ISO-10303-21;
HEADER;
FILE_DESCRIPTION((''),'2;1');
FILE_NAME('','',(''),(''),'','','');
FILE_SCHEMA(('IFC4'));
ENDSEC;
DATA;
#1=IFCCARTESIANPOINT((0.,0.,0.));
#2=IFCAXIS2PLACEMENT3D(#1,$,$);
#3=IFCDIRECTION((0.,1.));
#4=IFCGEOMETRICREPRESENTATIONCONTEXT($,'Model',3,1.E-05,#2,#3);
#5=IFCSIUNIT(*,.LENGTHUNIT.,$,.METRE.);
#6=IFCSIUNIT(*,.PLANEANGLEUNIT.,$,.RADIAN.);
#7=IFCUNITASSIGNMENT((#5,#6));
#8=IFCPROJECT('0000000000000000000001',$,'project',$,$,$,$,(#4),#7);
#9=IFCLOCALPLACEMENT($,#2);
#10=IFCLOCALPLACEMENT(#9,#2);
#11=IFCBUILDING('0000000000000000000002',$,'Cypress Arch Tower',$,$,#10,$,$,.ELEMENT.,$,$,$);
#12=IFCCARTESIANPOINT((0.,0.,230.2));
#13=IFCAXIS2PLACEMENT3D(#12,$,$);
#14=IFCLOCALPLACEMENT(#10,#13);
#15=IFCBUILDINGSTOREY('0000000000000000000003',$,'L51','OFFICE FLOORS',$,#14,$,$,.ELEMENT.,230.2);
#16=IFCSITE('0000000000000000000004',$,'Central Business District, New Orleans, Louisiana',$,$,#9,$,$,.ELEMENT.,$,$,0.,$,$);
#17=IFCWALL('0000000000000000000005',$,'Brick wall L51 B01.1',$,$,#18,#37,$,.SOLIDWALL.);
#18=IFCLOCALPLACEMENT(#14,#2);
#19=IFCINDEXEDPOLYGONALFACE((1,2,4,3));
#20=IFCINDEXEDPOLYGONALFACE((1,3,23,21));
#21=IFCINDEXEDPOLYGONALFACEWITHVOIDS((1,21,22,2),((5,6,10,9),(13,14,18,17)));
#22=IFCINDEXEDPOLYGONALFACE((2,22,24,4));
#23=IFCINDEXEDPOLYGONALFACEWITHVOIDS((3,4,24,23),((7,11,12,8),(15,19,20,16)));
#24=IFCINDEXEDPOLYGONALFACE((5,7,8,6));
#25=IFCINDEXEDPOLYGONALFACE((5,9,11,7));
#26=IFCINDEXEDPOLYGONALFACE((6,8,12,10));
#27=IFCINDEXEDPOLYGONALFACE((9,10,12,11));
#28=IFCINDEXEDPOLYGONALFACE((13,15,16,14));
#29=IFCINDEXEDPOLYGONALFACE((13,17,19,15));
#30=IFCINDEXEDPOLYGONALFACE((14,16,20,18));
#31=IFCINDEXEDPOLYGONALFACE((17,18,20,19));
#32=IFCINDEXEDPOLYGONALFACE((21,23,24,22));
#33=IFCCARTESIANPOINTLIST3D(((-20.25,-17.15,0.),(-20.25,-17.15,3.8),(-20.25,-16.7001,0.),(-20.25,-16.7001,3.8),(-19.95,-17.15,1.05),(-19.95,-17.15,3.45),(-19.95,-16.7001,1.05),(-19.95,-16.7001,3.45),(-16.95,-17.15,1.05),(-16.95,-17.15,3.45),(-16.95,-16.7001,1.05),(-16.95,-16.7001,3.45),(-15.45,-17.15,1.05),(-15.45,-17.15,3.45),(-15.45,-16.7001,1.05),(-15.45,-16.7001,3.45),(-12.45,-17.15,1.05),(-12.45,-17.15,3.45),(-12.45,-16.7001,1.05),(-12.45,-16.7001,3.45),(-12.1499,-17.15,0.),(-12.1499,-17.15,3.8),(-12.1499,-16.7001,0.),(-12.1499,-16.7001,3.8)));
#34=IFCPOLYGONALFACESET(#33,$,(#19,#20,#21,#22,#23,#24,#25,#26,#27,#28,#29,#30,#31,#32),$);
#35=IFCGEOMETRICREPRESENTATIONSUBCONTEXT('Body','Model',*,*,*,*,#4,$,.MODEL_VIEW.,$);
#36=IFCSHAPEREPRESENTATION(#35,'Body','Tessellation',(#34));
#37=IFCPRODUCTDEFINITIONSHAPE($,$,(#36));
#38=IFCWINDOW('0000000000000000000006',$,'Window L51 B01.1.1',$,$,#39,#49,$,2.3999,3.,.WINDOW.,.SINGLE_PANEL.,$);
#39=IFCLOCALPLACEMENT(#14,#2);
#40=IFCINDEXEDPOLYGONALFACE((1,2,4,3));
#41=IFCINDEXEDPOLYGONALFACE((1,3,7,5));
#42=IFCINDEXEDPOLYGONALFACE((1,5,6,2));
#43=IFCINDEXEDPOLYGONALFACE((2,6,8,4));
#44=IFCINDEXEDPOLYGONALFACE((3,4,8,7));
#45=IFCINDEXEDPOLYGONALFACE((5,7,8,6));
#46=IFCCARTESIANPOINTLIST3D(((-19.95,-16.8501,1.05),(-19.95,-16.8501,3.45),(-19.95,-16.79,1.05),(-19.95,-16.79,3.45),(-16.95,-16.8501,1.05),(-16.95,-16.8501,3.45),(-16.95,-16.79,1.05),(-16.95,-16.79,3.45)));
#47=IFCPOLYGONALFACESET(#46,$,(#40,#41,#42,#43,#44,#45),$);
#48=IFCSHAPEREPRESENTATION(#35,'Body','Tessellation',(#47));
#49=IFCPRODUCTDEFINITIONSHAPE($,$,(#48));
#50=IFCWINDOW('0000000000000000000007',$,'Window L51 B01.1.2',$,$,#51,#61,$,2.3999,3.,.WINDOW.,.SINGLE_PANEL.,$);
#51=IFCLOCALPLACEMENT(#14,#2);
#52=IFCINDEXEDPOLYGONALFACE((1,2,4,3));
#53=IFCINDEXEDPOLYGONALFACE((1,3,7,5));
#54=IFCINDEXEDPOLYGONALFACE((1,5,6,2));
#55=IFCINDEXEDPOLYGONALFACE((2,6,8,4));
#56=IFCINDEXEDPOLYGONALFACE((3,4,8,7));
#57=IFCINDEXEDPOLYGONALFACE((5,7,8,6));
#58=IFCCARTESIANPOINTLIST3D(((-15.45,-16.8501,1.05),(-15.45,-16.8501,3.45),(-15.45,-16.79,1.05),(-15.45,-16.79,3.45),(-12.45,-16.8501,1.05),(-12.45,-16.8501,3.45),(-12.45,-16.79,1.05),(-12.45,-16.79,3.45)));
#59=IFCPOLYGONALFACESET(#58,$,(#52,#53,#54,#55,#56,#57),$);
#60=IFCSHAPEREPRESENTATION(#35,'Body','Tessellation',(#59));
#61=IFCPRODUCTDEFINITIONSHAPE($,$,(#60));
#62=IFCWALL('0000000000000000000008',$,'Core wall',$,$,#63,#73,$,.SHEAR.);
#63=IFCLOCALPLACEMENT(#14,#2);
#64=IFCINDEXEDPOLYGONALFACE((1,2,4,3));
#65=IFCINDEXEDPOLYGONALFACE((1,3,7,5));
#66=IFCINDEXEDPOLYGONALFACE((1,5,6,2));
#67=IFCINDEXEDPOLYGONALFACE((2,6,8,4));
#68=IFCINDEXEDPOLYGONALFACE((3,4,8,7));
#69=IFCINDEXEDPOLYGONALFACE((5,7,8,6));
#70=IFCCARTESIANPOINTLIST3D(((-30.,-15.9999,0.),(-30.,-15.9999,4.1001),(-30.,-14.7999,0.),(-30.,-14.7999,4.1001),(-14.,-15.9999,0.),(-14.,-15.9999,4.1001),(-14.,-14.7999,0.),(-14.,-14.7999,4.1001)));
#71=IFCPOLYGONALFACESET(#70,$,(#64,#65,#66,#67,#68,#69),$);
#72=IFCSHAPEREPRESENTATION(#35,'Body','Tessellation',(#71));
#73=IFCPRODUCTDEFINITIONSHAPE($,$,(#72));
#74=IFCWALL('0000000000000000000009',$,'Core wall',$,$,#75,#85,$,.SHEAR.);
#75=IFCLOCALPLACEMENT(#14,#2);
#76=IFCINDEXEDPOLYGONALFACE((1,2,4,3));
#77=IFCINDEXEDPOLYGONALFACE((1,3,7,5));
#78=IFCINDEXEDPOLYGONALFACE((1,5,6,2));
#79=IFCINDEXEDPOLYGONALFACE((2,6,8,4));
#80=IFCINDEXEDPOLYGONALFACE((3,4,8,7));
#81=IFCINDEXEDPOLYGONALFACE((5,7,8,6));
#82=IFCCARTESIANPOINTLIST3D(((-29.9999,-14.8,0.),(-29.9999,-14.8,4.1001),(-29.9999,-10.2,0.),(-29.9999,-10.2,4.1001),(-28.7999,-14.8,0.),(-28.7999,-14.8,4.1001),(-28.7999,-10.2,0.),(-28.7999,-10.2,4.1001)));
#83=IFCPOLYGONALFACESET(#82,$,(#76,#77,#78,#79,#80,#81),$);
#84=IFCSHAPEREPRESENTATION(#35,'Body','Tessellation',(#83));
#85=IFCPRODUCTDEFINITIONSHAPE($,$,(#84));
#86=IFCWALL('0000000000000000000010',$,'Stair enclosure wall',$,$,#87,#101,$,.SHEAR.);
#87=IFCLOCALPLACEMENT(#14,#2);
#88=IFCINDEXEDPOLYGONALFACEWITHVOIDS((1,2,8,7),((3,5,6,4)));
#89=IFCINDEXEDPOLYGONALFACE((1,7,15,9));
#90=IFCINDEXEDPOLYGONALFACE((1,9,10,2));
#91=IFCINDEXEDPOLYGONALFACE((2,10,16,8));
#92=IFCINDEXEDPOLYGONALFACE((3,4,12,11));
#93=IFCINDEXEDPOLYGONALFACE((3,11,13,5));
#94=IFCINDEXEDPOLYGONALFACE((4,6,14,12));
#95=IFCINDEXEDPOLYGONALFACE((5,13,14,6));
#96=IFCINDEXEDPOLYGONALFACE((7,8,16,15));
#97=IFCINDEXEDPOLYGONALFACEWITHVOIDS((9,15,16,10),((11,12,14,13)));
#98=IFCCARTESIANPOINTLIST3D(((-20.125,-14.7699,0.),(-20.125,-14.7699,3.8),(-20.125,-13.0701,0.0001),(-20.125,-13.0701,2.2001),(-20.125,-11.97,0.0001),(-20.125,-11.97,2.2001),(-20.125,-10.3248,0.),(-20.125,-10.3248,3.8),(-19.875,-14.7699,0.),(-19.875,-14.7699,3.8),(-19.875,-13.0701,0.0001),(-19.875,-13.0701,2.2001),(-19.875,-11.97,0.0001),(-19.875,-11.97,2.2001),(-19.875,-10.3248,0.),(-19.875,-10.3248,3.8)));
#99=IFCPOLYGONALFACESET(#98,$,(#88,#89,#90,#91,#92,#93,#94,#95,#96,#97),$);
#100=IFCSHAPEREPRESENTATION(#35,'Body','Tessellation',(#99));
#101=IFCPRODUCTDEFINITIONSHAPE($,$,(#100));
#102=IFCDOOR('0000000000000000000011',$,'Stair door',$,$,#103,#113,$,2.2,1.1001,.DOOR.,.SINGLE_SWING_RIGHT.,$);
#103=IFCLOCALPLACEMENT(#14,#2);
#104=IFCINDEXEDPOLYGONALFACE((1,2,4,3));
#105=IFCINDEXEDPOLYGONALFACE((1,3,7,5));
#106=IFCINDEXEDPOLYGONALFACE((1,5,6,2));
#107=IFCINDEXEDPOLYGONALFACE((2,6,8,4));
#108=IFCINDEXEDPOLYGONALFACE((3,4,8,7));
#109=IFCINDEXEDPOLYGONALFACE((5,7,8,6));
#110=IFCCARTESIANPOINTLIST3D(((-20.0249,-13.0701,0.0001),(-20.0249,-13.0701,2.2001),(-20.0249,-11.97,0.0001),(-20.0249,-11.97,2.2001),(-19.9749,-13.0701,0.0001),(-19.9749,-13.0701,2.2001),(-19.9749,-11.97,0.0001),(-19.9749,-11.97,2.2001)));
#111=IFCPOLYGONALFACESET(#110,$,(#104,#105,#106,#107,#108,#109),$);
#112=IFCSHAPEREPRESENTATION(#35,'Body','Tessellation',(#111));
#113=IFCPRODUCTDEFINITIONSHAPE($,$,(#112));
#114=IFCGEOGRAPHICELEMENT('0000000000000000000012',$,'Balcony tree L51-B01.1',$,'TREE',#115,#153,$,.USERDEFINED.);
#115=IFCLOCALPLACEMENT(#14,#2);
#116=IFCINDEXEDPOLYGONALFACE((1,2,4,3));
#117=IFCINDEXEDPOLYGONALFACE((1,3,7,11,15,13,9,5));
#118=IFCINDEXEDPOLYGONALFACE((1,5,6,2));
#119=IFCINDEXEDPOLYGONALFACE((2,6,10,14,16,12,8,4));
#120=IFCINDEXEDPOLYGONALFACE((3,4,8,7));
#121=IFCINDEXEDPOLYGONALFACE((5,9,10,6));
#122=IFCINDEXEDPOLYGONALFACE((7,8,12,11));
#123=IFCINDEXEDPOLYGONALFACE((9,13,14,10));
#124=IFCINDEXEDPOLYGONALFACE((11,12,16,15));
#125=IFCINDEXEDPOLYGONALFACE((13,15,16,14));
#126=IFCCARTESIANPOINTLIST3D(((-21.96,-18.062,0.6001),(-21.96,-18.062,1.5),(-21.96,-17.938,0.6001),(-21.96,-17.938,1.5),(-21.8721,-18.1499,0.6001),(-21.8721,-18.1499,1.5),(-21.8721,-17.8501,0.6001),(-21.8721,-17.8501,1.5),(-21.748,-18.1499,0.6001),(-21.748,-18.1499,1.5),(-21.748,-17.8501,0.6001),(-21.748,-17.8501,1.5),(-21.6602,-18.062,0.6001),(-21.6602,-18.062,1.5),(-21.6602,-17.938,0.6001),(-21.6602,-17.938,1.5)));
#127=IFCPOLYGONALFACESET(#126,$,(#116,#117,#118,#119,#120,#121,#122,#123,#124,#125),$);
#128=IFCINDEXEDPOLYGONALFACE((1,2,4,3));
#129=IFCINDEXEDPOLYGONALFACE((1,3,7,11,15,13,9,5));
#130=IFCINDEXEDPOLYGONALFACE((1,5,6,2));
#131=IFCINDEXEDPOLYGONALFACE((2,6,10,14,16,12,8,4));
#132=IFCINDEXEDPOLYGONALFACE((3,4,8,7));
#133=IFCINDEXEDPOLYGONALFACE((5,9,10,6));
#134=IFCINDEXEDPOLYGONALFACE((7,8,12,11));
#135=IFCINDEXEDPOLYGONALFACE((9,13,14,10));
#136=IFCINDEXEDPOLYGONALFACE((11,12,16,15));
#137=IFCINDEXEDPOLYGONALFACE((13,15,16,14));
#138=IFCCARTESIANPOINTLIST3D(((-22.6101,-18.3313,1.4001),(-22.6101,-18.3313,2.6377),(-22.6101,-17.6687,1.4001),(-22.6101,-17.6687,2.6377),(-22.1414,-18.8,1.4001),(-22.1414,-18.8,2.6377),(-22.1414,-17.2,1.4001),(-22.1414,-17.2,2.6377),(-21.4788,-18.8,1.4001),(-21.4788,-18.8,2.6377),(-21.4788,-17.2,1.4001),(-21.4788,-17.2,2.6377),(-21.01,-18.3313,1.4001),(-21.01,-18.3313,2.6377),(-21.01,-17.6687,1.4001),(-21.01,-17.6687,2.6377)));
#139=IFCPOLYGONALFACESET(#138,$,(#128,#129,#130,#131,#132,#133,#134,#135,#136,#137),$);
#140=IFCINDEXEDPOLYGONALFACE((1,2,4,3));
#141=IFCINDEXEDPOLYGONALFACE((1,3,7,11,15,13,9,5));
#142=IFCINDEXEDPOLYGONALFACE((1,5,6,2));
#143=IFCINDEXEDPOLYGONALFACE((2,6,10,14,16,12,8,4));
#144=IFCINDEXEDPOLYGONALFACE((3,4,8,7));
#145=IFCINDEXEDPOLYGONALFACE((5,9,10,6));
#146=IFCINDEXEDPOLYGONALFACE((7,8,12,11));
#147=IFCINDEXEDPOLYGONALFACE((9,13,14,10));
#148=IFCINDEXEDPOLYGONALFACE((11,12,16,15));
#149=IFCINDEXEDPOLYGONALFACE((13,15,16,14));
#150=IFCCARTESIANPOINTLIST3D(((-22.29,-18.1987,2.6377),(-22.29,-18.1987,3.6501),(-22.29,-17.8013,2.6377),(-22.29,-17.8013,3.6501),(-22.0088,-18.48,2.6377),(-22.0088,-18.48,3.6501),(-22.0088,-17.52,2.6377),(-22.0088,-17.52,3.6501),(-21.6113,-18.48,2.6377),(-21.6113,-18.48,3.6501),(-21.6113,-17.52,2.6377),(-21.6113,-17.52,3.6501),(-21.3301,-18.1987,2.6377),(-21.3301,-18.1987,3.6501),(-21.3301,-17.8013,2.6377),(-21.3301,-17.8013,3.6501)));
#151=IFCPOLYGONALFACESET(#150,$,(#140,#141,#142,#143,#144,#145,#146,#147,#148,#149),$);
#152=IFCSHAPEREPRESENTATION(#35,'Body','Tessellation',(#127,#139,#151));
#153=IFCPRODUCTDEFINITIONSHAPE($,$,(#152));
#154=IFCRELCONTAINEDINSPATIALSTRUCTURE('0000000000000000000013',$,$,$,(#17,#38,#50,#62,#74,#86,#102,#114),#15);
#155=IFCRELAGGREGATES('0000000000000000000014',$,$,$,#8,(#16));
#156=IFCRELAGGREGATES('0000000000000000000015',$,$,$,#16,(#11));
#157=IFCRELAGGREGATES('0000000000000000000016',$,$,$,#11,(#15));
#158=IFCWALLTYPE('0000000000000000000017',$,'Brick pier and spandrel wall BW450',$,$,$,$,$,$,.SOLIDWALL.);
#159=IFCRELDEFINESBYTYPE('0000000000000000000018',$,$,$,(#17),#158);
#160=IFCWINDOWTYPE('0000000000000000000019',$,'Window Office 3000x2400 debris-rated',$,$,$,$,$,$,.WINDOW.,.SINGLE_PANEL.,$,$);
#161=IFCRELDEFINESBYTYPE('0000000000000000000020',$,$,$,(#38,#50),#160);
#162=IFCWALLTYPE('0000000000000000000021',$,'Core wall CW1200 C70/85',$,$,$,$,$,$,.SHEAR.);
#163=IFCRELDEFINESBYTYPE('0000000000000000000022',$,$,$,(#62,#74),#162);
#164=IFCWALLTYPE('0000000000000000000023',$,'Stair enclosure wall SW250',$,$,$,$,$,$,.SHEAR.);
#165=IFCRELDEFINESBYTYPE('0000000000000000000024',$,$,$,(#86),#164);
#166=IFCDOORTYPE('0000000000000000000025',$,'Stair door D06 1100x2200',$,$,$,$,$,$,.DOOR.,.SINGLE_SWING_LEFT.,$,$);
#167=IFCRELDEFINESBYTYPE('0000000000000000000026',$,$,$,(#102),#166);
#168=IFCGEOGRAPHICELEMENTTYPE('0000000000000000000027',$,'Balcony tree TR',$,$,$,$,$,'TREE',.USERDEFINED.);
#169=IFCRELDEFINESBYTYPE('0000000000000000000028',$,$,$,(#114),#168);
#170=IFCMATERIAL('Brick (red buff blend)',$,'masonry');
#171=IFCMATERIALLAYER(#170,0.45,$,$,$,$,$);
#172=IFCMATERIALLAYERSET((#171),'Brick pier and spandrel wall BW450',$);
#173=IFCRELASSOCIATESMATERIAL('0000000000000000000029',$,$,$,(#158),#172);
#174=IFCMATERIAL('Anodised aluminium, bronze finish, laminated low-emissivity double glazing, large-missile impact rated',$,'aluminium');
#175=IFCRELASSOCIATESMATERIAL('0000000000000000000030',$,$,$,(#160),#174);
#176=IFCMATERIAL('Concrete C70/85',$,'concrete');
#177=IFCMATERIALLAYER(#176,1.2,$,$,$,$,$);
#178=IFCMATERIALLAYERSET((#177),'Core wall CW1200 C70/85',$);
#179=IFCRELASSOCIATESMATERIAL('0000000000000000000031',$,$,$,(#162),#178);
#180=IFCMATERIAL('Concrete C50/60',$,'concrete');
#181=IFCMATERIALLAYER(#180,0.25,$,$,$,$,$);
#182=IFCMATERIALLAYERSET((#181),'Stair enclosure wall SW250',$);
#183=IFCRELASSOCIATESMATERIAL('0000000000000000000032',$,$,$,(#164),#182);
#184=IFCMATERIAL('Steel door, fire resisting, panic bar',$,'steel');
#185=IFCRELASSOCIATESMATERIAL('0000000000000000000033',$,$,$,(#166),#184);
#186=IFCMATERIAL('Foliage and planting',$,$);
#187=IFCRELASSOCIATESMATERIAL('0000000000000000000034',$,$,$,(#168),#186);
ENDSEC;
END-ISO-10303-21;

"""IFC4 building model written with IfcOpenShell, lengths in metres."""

from ifc_helpers import new_model, si_unit, direction, frame, frame_2d, origin, place, context, subcontext, project, spatial, polyline, rectangle, outline, extrude, material, layer, layer_set, type_object, element, fill, save


model = new_model("IFC4")

# Units and contexts
model_context = context("Model", 3, precision=1e-05, world=origin(), true_north=direction((0.0, 1.0)))
body_context = subcontext(model_context, "Body", "Model", "MODEL_VIEW")
ifc_project = project(units=[si_unit("LENGTHUNIT", "METRE"), si_unit("PLANEANGLEUNIT", "RADIAN")], contexts=[model_context])

# Site, building, storey
site_placement = place(None, origin())
site = spatial("IfcSite", under=ifc_project, at=site_placement, Name="Central Business District, New Orleans, Louisiana", CompositionType="ELEMENT", RefElevation=0.0)
building_placement = place(site_placement, origin())
building = spatial("IfcBuilding", under=site, at=building_placement, Name="Cypress Arch Tower", CompositionType="ELEMENT")
storey_placement = place(building_placement, frame((0.0, 0.0, 230.2)))
storey = spatial("IfcBuildingStorey", under=building, at=storey_placement, Name="L51", Description="OFFICE FLOORS", CompositionType="ELEMENT", Elevation=230.2)

# Shared definitions
ifc_material_1 = material(Name="Brick (red buff blend)", Category="masonry")
ifc_layer_1 = layer(ifc_material_1, 0.45)
ifc_layer_set_1 = layer_set([ifc_layer_1], Name="Brick pier and spandrel wall BW450")
wall_type_1 = type_object("IfcWallType", Name="Brick pier and spandrel wall BW450", PredefinedType="SOLIDWALL", material=ifc_layer_set_1)
ifc_material_2 = material(Name="Anodised aluminium, bronze finish, laminated low-emissivity double glazing, large-missile impact rated", Category="aluminium")
window_type = type_object("IfcWindowType", Name="Window Office 3000x2400 debris-rated", PartitioningType="SINGLE_PANEL", PredefinedType="WINDOW", material=ifc_material_2)

# Wall, openings, windows
wall_1_placement = place(storey_placement, frame((-20.25, -16.925, 0.0), z_axis=(0.0, 0.0, 1.0), x_axis=(1.0, 0.0, 0.0)))
wall_1 = element("IfcWall", 1, at=wall_1_placement, inside=storey, type_object=wall_type_1, Name="Brick wall L51 B01.1", PredefinedType="SOLIDWALL", context=body_context, shape_type="SweptSolid", body=[
    extrude(rectangle(XDim=8.1001, YDim=0.45, at=frame_2d((4.05, 0.0))), origin(), (0.0, 0.0, 1.0), 3.8),
])
opening_1_placement = place(wall_1_placement, frame((0.3, 0.0, 1.05)))
opening_1 = element("IfcOpeningElement", 2, at=opening_1_placement, cuts=wall_1, PredefinedType="OPENING", context=body_context, shape_type="SweptSolid", body=[
    extrude(rectangle(XDim=3.0, YDim=2.3999, at=frame_2d((1.5, 1.2))), frame((0.0, 0.2349, 0.0), z_axis=(0.0, -1.0, 0.0), x_axis=(1.0, 0.0, 0.0)), (0.0, 0.0, 1.0), 0.47),
])
opening_2_placement = place(wall_1_placement, frame((4.8, 0.0, 1.05)))
opening_2 = element("IfcOpeningElement", 3, at=opening_2_placement, cuts=wall_1, PredefinedType="OPENING", context=body_context, shape_type="SweptSolid", body=[
    extrude(rectangle(XDim=3.0, YDim=2.3999, at=frame_2d((1.5, 1.2))), frame((0.0, 0.2349, 0.0), z_axis=(0.0, -1.0, 0.0), x_axis=(1.0, 0.0, 0.0)), (0.0, 0.0, 1.0), 0.47),
])
window_1_placement = place(opening_1_placement, origin())
window_1 = element("IfcWindow", 4, at=window_1_placement, inside=storey, type_object=window_type, Name="Window L51 B01.1.1", OverallHeight=2.3999, OverallWidth=3.0, PartitioningType="SINGLE_PANEL", PredefinedType="WINDOW", context=body_context, shape_type="SweptSolid", body=[
    extrude(rectangle(XDim=3.0, YDim=2.3999, at=frame_2d((1.5, 1.2))), frame((0.0, 0.135, 0.0), z_axis=(0.0, -1.0, 0.0), x_axis=(1.0, 0.0, 0.0)), (0.0, 0.0, 1.0), 0.0601),
])
fill(opening_1, window_1)
window_2_placement = place(opening_2_placement, origin())
window_2 = element("IfcWindow", 5, at=window_2_placement, inside=storey, type_object=window_type, Name="Window L51 B01.1.2", OverallHeight=2.3999, OverallWidth=3.0, PartitioningType="SINGLE_PANEL", PredefinedType="WINDOW", context=body_context, shape_type="SweptSolid", body=[
    extrude(rectangle(XDim=3.0, YDim=2.3999, at=frame_2d((1.5, 1.2))), frame((0.0, 0.135, 0.0), z_axis=(0.0, -1.0, 0.0), x_axis=(1.0, 0.0, 0.0)), (0.0, 0.0, 1.0), 0.0601),
])
fill(opening_2, window_2)

# Walls
ifc_material_3 = material(Name="Concrete C70/85", Category="concrete")
ifc_layer_2 = layer(ifc_material_3, 1.2)
ifc_layer_set_2 = layer_set([ifc_layer_2], Name="Core wall CW1200 C70/85")
wall_type_2 = type_object("IfcWallType", Name="Core wall CW1200 C70/85", PredefinedType="SHEAR", material=ifc_layer_set_2)
wall_2_placement = place(storey_placement, frame((-30.0, -15.3999, 0.0), z_axis=(0.0, 0.0, 1.0), x_axis=(1.0, 0.0, 0.0)))
element("IfcWall", 6, at=wall_2_placement, inside=storey, type_object=wall_type_2, Name="Core wall", PredefinedType="SHEAR", context=body_context, shape_type="SweptSolid", body=[
    extrude(rectangle(XDim=16.0, YDim=1.2, at=frame_2d((8.0, 0.0))), origin(), (0.0, 0.0, 1.0), 4.1001),
])
wall_3_placement = place(storey_placement, frame((-29.3999, -14.8, 0.0), z_axis=(0.0, 0.0, 1.0), x_axis=(0.0, 1.0, 0.0)))
element("IfcWall", 7, at=wall_3_placement, inside=storey, type_object=wall_type_2, Name="Core wall", PredefinedType="SHEAR", context=body_context, shape_type="SweptSolid", body=[
    extrude(rectangle(XDim=4.6001, YDim=1.2, at=frame_2d((2.3, 0.0))), origin(), (0.0, 0.0, 1.0), 4.1001),
])

# Wall, opening, door
ifc_material_4 = material(Name="Concrete C50/60", Category="concrete")
ifc_layer_3 = layer(ifc_material_4, 0.25)
ifc_layer_set_3 = layer_set([ifc_layer_3], Name="Stair enclosure wall SW250")
wall_type_3 = type_object("IfcWallType", Name="Stair enclosure wall SW250", PredefinedType="SHEAR", material=ifc_layer_set_3)
wall_4_placement = place(storey_placement, frame((-20.0, -14.77, 0.0), z_axis=(0.0, 0.0, 1.0), x_axis=(0.0, 1.0, 0.0)))
wall_4 = element("IfcWall", 8, at=wall_4_placement, inside=storey, type_object=wall_type_3, Name="Stair enclosure wall", PredefinedType="SHEAR", context=body_context, shape_type="SweptSolid", body=[
    extrude(rectangle(XDim=4.4451, YDim=0.25, at=frame_2d((2.2227, 0.0))), origin(), (0.0, 0.0, 1.0), 3.8),
])
opening_3_placement = place(wall_4_placement, frame((1.7, 0.0, 0.0)))
opening_3 = element("IfcOpeningElement", 9, at=opening_3_placement, cuts=wall_4, PredefinedType="OPENING", context=body_context, shape_type="SweptSolid", body=[
    extrude(rectangle(XDim=1.1001, YDim=2.2, at=frame_2d((0.55, 1.1001))), frame((0.0, 0.135, 0.0), z_axis=(0.0, -1.0, 0.0), x_axis=(1.0, 0.0, 0.0)), (0.0, 0.0, 1.0), 0.27),
])
ifc_material_5 = material(Name="Steel door, fire resisting, panic bar", Category="steel")
door_type_1 = type_object("IfcDoorType", Name="Stair door D06 1100x2200", OperationType="SINGLE_SWING_LEFT", PredefinedType="DOOR", material=ifc_material_5)
door_1_placement = place(opening_3_placement, origin())
door_1 = element("IfcDoor", 10, at=door_1_placement, inside=storey, type_object=door_type_1, Name="Stair door", OperationType="SINGLE_SWING_RIGHT", OverallHeight=2.2, OverallWidth=1.1001, PredefinedType="DOOR", context=body_context, shape_type="SweptSolid", body=[
    extrude(rectangle(XDim=1.1001, YDim=2.2, at=frame_2d((0.55, 1.1001))), frame((0.0, 0.0249, 0.0), z_axis=(0.0, -1.0, 0.0), x_axis=(1.0, 0.0, 0.0)), (0.0, 0.0, 1.0), 0.05),
])
fill(opening_3, door_1)

# Geographic element
ifc_material_6 = material(Name="Foliage and planting")
geographic_element_type = type_object("IfcGeographicElementType", Name="Balcony tree TR", ElementType="TREE", PredefinedType="USERDEFINED", material=ifc_material_6)
for number, where, z_axis, x_axis, name in (
    (11, (-21.8101, -18.0, 0.6001), (0.0, 0.0, 1.0), (1.0, 0.0, 0.0), "Balcony tree L51-B01.1"),
):
    element("IfcGeographicElement", number, at=place(storey_placement, frame(where, z_axis=z_axis, x_axis=x_axis)), inside=storey, type_object=geographic_element_type, Name=name, ObjectType="TREE", PredefinedType="USERDEFINED", context=body_context, shape_type="SweptSolid", body=[
        extrude(outline(polyline([(0.1499, 0.062), (0.062, 0.1499), (-0.062, 0.1499), (-0.1499, 0.062), (-0.1499, -0.062), (-0.062, -0.1499), (0.062, -0.1499), (0.1499, -0.062), (0.1499, 0.062)])), origin(), (0.0, 0.0, 1.0), 0.8999),
        extrude(outline(polyline([(0.8, 0.3313), (0.3313, 0.8), (-0.3313, 0.8), (-0.8, 0.3313), (-0.8, -0.3313), (-0.3313, -0.8), (0.3313, -0.8), (0.8, -0.3313), (0.8, 0.3313)])), frame((0.0, 0.0, 0.8)), (0.0, 0.0, 1.0), 1.2375),
        extrude(outline(polyline([(0.48, 0.1987), (0.1987, 0.48), (-0.1987, 0.48), (-0.48, 0.1987), (-0.48, -0.1987), (-0.1987, -0.48), (0.1987, -0.48), (0.48, -0.1987), (0.48, 0.1987)])), frame((0.0, 0.0, 2.0376)), (0.0, 0.0, 1.0), 1.0125),
    ])

save(model, "model.ifc")
